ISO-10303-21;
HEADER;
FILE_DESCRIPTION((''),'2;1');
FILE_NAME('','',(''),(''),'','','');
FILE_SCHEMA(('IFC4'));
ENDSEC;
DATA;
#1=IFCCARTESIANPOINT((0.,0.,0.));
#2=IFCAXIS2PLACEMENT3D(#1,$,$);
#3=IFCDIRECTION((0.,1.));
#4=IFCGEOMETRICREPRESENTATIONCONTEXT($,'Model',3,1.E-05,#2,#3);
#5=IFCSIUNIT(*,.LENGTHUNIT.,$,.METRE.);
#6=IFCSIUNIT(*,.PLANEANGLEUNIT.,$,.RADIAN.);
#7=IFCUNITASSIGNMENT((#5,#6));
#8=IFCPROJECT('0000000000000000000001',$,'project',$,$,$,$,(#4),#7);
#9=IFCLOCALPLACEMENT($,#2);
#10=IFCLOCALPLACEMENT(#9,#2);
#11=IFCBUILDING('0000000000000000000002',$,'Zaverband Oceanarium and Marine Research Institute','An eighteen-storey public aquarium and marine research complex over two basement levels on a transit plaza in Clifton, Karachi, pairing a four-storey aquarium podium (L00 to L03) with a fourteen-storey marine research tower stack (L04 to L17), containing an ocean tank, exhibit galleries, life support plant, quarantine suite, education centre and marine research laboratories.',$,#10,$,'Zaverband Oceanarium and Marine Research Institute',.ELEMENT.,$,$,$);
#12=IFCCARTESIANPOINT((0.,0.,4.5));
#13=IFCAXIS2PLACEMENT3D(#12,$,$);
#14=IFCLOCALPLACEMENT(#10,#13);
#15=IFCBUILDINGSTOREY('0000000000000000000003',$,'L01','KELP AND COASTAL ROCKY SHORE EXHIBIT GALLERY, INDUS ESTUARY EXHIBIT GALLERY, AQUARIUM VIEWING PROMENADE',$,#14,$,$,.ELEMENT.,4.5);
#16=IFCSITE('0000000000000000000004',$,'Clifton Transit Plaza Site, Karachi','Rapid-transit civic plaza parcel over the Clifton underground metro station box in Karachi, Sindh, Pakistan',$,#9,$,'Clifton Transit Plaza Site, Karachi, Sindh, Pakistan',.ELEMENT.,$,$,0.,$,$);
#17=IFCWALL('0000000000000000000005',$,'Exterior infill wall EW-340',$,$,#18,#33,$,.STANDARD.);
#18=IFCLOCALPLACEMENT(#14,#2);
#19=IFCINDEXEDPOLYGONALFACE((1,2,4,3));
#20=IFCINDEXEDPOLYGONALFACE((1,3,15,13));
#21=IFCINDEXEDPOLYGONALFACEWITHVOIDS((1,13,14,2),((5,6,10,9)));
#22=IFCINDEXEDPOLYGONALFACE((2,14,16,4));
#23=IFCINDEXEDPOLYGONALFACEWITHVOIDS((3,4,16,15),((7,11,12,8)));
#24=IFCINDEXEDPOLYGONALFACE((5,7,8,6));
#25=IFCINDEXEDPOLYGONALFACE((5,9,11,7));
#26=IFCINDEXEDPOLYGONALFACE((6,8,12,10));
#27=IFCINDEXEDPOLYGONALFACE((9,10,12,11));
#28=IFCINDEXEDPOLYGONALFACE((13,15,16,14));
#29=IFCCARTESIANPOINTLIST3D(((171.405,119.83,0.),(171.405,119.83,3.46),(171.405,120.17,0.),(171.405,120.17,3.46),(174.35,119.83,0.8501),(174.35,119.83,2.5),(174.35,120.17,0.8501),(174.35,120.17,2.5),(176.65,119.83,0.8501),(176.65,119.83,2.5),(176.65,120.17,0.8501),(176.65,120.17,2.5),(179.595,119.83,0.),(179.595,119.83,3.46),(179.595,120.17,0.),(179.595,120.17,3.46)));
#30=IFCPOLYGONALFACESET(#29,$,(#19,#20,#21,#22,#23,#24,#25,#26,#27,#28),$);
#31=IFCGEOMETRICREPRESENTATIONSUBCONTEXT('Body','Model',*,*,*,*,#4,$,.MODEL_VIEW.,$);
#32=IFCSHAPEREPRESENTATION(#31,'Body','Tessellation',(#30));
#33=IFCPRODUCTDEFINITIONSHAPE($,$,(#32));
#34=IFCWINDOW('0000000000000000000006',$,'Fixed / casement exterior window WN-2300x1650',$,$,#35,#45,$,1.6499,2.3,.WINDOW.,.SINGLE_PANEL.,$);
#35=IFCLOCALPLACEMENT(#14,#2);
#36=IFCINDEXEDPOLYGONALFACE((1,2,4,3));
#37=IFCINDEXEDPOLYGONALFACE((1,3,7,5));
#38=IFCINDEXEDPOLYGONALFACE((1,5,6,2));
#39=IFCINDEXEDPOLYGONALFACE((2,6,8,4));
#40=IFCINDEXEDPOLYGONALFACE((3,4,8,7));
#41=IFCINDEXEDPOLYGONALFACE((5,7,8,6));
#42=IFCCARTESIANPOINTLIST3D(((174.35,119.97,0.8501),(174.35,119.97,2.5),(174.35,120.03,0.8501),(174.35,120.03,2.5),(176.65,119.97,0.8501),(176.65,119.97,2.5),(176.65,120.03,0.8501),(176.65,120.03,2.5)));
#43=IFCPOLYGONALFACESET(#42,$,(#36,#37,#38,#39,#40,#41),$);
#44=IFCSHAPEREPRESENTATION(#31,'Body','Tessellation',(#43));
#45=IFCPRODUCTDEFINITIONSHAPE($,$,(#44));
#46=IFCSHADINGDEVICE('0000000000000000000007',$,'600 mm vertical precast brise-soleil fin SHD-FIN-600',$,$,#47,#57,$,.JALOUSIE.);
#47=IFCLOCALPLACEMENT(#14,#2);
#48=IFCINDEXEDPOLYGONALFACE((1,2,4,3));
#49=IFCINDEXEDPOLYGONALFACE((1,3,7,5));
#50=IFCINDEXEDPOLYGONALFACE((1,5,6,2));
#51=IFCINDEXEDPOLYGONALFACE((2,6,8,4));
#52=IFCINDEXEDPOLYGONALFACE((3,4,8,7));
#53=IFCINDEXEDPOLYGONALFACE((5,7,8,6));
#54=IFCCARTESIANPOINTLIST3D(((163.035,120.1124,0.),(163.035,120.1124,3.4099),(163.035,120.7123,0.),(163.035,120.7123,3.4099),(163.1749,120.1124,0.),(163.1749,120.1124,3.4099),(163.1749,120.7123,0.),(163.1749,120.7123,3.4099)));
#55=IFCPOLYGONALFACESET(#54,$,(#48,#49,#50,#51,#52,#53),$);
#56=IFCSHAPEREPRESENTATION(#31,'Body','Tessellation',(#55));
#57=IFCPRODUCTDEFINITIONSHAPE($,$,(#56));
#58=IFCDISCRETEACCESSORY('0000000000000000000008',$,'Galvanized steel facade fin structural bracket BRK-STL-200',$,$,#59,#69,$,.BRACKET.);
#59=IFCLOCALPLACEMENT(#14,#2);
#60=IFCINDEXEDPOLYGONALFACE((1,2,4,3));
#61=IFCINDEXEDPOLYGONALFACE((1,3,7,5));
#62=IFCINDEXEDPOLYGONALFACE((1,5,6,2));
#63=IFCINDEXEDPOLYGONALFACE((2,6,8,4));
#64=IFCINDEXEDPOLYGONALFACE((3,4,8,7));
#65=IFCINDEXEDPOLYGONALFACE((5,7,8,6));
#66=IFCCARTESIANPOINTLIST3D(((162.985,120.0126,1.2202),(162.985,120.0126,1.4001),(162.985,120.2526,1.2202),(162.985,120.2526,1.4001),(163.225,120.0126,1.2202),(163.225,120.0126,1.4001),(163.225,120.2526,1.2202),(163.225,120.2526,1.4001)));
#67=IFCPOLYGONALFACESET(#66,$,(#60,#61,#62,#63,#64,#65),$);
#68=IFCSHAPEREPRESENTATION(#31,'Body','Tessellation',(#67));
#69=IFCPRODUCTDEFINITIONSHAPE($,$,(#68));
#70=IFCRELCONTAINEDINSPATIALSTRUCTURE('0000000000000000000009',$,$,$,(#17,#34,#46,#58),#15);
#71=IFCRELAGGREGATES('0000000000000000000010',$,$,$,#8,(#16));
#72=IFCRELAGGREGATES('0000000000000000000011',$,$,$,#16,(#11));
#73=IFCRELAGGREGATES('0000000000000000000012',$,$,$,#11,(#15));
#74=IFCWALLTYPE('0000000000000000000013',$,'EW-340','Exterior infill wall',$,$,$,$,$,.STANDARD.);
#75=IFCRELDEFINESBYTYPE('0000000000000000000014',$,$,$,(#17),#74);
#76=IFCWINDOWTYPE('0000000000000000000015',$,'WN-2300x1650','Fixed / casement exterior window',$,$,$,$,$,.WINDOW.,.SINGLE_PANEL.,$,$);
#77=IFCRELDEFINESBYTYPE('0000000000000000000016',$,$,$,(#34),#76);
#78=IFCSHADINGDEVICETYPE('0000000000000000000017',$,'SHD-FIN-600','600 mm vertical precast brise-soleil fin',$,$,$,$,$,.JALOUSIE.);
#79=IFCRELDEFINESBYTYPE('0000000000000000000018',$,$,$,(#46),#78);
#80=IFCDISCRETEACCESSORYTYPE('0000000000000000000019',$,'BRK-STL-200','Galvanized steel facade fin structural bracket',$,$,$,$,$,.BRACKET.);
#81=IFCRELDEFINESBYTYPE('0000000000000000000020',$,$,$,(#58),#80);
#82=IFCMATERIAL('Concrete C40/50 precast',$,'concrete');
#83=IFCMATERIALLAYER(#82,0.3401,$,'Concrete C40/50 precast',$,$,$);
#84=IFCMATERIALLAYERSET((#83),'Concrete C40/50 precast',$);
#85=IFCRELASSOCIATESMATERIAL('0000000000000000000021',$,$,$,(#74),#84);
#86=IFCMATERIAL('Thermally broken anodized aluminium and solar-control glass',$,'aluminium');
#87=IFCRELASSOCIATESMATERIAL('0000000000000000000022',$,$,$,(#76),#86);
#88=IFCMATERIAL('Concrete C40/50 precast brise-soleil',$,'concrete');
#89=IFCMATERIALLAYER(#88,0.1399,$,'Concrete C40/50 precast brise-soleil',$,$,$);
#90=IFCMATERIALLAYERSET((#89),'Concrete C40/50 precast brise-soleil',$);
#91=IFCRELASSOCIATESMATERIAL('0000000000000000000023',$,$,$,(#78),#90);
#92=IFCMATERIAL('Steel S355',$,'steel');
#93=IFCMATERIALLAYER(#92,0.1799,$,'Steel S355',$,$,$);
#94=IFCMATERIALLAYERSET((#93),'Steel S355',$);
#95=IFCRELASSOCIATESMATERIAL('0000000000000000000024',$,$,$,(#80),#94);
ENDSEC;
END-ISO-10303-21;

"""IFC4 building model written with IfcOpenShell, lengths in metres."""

from ifc_helpers import new_model, si_unit, direction, frame, frame_2d, origin, origin_2d, place, context, subcontext, project, spatial, rectangle, extrude, material, layer, layer_set, type_object, element, fill, save


model = new_model("IFC4")

# Units and contexts
model_context = context("Model", 3, precision=1e-05, world=origin(), true_north=direction((0.0, 1.0)))
body_context = subcontext(model_context, "Body", "Model", "MODEL_VIEW")
ifc_project = project(units=[si_unit("LENGTHUNIT", "METRE"), si_unit("PLANEANGLEUNIT", "RADIAN")], contexts=[model_context])

# Site, building, storey
site_placement = place(None, origin())
site = spatial("IfcSite", under=ifc_project, at=site_placement, Name="Clifton Transit Plaza Site, Karachi", Description="Rapid-transit civic plaza parcel over the Clifton underground metro station box in Karachi, Sindh, Pakistan", LongName="Clifton Transit Plaza Site, Karachi, Sindh, Pakistan", CompositionType="ELEMENT", RefElevation=0.0)
building_placement = place(site_placement, origin())
building = spatial("IfcBuilding", under=site, at=building_placement, Name="Zaverband Oceanarium and Marine Research Institute", Description="An eighteen-storey public aquarium and marine research complex over two basement levels on a transit plaza in Clifton, Karachi, pairing a four-storey aquarium podium (L00 to L03) with a fourteen-storey marine research tower stack (L04 to L17), containing an ocean tank, exhibit galleries, life support plant, quarantine suite, education centre and marine research laboratories.", LongName="Zaverband Oceanarium and Marine Research Institute", CompositionType="ELEMENT")
storey_placement = place(building_placement, frame((0.0, 0.0, 4.5)))
storey = spatial("IfcBuildingStorey", under=building, at=storey_placement, Name="L01", Description="KELP AND COASTAL ROCKY SHORE EXHIBIT GALLERY, INDUS ESTUARY EXHIBIT GALLERY, AQUARIUM VIEWING PROMENADE", CompositionType="ELEMENT", Elevation=4.5)

# Wall, opening, window
ifc_material_1 = material(Name="Concrete C40/50 precast", Category="concrete")
ifc_material_2 = material(Name="Thermally broken anodized aluminium and solar-control glass", Category="aluminium")
ifc_layer_1 = layer(ifc_material_1, 0.3401, Name="Concrete C40/50 precast")
ifc_layer_set_1 = layer_set([ifc_layer_1], Name="Concrete C40/50 precast")
wall_type_1 = type_object("IfcWallType", Name="EW-340", Description="Exterior infill wall", PredefinedType="STANDARD", material=ifc_layer_set_1)
wall_1_placement = place(storey_placement, frame((171.405, 120.0, 0.0), z_axis=(0.0, 0.0, 1.0), x_axis=(1.0, 0.0, 0.0)))
wall_1 = element("IfcWall", 1, at=wall_1_placement, inside=storey, type_object=wall_type_1, Name="Exterior infill wall EW-340", PredefinedType="STANDARD", context=body_context, shape_type="SweptSolid", body=[
    extrude(rectangle(XDim=8.1899, YDim=0.3401, at=frame_2d((4.095, 0.0))), origin(), (0.0, 0.0, 1.0), 3.46),
])
opening_1_placement = place(wall_1_placement, frame((2.9451, 0.0, 0.8501)))
opening_1 = element("IfcOpeningElement", 2, at=opening_1_placement, cuts=wall_1, PredefinedType="OPENING", context=body_context, shape_type="SweptSolid", body=[
    extrude(rectangle(XDim=2.3, YDim=1.6499, at=frame_2d((1.1499, 0.825))), frame((0.0, 0.1821, 0.0), z_axis=(0.0, -1.0, 0.0), x_axis=(1.0, 0.0, 0.0)), (0.0, 0.0, 1.0), 0.364),
])
window_type_1 = type_object("IfcWindowType", Name="WN-2300x1650", Description="Fixed / casement exterior window", PartitioningType="SINGLE_PANEL", PredefinedType="WINDOW", material=ifc_material_2)
window_1_placement = place(opening_1_placement, origin())
window_1 = element("IfcWindow", 3, at=window_1_placement, inside=storey, type_object=window_type_1, Name="Fixed / casement exterior window WN-2300x1650", OverallHeight=1.6499, OverallWidth=2.3, PartitioningType="SINGLE_PANEL", PredefinedType="WINDOW", context=body_context, shape_type="SweptSolid", body=[
    extrude(rectangle(XDim=2.3, YDim=1.6499, at=frame_2d((1.1499, 0.825))), frame((0.0, 0.03, 0.0), z_axis=(0.0, -1.0, 0.0), x_axis=(1.0, 0.0, 0.0)), (0.0, 0.0, 1.0), 0.0601),
])
fill(opening_1, window_1)

# Shading device
ifc_material_3 = material(Name="Concrete C40/50 precast brise-soleil", Category="concrete")
ifc_layer_2 = layer(ifc_material_3, 0.1399, Name="Concrete C40/50 precast brise-soleil")
ifc_layer_set_2 = layer_set([ifc_layer_2], Name="Concrete C40/50 precast brise-soleil")
shading_device_type = type_object("IfcShadingDeviceType", Name="SHD-FIN-600", Description="600 mm vertical precast brise-soleil fin", PredefinedType="JALOUSIE", material=ifc_layer_set_2)
shading_device_placement = place(storey_placement, frame((163.105, 120.1125, 0.0), z_axis=(0.0, 0.0, 1.0), x_axis=(0.0, 1.0, 0.0)))
element("IfcShadingDevice", 4, at=shading_device_placement, inside=storey, type_object=shading_device_type, Name="600 mm vertical precast brise-soleil fin SHD-FIN-600", PredefinedType="JALOUSIE", context=body_context, shape_type="SweptSolid", body=[
    extrude(rectangle(XDim=0.5999, YDim=0.1399, at=frame_2d((0.2998, 0.0))), origin(), (0.0, 0.0, 1.0), 3.4099),
])

# Discrete accessory
ifc_material_4 = material(Name="Steel S355", Category="steel")
ifc_layer_3 = layer(ifc_material_4, 0.1799, Name="Steel S355")
ifc_layer_set_3 = layer_set([ifc_layer_3], Name="Steel S355")
discrete_accessory_type = type_object("IfcDiscreteAccessoryType", Name="BRK-STL-200", Description="Galvanized steel facade fin structural bracket", PredefinedType="BRACKET", material=ifc_layer_set_3)
discrete_accessory_placement = place(storey_placement, frame((163.105, 120.1326, 1.2202), z_axis=(0.0, 0.0, 1.0), x_axis=(1.0, 0.0, 0.0)))
element("IfcDiscreteAccessory", 5, at=discrete_accessory_placement, inside=storey, type_object=discrete_accessory_type, Name="Galvanized steel facade fin structural bracket BRK-STL-200", PredefinedType="BRACKET", context=body_context, shape_type="SweptSolid", body=[
    extrude(rectangle(XDim=0.24, YDim=0.24, at=origin_2d()), origin(), (0.0, 0.0, 1.0), 0.1799),
])

save(model, "model.ifc")
